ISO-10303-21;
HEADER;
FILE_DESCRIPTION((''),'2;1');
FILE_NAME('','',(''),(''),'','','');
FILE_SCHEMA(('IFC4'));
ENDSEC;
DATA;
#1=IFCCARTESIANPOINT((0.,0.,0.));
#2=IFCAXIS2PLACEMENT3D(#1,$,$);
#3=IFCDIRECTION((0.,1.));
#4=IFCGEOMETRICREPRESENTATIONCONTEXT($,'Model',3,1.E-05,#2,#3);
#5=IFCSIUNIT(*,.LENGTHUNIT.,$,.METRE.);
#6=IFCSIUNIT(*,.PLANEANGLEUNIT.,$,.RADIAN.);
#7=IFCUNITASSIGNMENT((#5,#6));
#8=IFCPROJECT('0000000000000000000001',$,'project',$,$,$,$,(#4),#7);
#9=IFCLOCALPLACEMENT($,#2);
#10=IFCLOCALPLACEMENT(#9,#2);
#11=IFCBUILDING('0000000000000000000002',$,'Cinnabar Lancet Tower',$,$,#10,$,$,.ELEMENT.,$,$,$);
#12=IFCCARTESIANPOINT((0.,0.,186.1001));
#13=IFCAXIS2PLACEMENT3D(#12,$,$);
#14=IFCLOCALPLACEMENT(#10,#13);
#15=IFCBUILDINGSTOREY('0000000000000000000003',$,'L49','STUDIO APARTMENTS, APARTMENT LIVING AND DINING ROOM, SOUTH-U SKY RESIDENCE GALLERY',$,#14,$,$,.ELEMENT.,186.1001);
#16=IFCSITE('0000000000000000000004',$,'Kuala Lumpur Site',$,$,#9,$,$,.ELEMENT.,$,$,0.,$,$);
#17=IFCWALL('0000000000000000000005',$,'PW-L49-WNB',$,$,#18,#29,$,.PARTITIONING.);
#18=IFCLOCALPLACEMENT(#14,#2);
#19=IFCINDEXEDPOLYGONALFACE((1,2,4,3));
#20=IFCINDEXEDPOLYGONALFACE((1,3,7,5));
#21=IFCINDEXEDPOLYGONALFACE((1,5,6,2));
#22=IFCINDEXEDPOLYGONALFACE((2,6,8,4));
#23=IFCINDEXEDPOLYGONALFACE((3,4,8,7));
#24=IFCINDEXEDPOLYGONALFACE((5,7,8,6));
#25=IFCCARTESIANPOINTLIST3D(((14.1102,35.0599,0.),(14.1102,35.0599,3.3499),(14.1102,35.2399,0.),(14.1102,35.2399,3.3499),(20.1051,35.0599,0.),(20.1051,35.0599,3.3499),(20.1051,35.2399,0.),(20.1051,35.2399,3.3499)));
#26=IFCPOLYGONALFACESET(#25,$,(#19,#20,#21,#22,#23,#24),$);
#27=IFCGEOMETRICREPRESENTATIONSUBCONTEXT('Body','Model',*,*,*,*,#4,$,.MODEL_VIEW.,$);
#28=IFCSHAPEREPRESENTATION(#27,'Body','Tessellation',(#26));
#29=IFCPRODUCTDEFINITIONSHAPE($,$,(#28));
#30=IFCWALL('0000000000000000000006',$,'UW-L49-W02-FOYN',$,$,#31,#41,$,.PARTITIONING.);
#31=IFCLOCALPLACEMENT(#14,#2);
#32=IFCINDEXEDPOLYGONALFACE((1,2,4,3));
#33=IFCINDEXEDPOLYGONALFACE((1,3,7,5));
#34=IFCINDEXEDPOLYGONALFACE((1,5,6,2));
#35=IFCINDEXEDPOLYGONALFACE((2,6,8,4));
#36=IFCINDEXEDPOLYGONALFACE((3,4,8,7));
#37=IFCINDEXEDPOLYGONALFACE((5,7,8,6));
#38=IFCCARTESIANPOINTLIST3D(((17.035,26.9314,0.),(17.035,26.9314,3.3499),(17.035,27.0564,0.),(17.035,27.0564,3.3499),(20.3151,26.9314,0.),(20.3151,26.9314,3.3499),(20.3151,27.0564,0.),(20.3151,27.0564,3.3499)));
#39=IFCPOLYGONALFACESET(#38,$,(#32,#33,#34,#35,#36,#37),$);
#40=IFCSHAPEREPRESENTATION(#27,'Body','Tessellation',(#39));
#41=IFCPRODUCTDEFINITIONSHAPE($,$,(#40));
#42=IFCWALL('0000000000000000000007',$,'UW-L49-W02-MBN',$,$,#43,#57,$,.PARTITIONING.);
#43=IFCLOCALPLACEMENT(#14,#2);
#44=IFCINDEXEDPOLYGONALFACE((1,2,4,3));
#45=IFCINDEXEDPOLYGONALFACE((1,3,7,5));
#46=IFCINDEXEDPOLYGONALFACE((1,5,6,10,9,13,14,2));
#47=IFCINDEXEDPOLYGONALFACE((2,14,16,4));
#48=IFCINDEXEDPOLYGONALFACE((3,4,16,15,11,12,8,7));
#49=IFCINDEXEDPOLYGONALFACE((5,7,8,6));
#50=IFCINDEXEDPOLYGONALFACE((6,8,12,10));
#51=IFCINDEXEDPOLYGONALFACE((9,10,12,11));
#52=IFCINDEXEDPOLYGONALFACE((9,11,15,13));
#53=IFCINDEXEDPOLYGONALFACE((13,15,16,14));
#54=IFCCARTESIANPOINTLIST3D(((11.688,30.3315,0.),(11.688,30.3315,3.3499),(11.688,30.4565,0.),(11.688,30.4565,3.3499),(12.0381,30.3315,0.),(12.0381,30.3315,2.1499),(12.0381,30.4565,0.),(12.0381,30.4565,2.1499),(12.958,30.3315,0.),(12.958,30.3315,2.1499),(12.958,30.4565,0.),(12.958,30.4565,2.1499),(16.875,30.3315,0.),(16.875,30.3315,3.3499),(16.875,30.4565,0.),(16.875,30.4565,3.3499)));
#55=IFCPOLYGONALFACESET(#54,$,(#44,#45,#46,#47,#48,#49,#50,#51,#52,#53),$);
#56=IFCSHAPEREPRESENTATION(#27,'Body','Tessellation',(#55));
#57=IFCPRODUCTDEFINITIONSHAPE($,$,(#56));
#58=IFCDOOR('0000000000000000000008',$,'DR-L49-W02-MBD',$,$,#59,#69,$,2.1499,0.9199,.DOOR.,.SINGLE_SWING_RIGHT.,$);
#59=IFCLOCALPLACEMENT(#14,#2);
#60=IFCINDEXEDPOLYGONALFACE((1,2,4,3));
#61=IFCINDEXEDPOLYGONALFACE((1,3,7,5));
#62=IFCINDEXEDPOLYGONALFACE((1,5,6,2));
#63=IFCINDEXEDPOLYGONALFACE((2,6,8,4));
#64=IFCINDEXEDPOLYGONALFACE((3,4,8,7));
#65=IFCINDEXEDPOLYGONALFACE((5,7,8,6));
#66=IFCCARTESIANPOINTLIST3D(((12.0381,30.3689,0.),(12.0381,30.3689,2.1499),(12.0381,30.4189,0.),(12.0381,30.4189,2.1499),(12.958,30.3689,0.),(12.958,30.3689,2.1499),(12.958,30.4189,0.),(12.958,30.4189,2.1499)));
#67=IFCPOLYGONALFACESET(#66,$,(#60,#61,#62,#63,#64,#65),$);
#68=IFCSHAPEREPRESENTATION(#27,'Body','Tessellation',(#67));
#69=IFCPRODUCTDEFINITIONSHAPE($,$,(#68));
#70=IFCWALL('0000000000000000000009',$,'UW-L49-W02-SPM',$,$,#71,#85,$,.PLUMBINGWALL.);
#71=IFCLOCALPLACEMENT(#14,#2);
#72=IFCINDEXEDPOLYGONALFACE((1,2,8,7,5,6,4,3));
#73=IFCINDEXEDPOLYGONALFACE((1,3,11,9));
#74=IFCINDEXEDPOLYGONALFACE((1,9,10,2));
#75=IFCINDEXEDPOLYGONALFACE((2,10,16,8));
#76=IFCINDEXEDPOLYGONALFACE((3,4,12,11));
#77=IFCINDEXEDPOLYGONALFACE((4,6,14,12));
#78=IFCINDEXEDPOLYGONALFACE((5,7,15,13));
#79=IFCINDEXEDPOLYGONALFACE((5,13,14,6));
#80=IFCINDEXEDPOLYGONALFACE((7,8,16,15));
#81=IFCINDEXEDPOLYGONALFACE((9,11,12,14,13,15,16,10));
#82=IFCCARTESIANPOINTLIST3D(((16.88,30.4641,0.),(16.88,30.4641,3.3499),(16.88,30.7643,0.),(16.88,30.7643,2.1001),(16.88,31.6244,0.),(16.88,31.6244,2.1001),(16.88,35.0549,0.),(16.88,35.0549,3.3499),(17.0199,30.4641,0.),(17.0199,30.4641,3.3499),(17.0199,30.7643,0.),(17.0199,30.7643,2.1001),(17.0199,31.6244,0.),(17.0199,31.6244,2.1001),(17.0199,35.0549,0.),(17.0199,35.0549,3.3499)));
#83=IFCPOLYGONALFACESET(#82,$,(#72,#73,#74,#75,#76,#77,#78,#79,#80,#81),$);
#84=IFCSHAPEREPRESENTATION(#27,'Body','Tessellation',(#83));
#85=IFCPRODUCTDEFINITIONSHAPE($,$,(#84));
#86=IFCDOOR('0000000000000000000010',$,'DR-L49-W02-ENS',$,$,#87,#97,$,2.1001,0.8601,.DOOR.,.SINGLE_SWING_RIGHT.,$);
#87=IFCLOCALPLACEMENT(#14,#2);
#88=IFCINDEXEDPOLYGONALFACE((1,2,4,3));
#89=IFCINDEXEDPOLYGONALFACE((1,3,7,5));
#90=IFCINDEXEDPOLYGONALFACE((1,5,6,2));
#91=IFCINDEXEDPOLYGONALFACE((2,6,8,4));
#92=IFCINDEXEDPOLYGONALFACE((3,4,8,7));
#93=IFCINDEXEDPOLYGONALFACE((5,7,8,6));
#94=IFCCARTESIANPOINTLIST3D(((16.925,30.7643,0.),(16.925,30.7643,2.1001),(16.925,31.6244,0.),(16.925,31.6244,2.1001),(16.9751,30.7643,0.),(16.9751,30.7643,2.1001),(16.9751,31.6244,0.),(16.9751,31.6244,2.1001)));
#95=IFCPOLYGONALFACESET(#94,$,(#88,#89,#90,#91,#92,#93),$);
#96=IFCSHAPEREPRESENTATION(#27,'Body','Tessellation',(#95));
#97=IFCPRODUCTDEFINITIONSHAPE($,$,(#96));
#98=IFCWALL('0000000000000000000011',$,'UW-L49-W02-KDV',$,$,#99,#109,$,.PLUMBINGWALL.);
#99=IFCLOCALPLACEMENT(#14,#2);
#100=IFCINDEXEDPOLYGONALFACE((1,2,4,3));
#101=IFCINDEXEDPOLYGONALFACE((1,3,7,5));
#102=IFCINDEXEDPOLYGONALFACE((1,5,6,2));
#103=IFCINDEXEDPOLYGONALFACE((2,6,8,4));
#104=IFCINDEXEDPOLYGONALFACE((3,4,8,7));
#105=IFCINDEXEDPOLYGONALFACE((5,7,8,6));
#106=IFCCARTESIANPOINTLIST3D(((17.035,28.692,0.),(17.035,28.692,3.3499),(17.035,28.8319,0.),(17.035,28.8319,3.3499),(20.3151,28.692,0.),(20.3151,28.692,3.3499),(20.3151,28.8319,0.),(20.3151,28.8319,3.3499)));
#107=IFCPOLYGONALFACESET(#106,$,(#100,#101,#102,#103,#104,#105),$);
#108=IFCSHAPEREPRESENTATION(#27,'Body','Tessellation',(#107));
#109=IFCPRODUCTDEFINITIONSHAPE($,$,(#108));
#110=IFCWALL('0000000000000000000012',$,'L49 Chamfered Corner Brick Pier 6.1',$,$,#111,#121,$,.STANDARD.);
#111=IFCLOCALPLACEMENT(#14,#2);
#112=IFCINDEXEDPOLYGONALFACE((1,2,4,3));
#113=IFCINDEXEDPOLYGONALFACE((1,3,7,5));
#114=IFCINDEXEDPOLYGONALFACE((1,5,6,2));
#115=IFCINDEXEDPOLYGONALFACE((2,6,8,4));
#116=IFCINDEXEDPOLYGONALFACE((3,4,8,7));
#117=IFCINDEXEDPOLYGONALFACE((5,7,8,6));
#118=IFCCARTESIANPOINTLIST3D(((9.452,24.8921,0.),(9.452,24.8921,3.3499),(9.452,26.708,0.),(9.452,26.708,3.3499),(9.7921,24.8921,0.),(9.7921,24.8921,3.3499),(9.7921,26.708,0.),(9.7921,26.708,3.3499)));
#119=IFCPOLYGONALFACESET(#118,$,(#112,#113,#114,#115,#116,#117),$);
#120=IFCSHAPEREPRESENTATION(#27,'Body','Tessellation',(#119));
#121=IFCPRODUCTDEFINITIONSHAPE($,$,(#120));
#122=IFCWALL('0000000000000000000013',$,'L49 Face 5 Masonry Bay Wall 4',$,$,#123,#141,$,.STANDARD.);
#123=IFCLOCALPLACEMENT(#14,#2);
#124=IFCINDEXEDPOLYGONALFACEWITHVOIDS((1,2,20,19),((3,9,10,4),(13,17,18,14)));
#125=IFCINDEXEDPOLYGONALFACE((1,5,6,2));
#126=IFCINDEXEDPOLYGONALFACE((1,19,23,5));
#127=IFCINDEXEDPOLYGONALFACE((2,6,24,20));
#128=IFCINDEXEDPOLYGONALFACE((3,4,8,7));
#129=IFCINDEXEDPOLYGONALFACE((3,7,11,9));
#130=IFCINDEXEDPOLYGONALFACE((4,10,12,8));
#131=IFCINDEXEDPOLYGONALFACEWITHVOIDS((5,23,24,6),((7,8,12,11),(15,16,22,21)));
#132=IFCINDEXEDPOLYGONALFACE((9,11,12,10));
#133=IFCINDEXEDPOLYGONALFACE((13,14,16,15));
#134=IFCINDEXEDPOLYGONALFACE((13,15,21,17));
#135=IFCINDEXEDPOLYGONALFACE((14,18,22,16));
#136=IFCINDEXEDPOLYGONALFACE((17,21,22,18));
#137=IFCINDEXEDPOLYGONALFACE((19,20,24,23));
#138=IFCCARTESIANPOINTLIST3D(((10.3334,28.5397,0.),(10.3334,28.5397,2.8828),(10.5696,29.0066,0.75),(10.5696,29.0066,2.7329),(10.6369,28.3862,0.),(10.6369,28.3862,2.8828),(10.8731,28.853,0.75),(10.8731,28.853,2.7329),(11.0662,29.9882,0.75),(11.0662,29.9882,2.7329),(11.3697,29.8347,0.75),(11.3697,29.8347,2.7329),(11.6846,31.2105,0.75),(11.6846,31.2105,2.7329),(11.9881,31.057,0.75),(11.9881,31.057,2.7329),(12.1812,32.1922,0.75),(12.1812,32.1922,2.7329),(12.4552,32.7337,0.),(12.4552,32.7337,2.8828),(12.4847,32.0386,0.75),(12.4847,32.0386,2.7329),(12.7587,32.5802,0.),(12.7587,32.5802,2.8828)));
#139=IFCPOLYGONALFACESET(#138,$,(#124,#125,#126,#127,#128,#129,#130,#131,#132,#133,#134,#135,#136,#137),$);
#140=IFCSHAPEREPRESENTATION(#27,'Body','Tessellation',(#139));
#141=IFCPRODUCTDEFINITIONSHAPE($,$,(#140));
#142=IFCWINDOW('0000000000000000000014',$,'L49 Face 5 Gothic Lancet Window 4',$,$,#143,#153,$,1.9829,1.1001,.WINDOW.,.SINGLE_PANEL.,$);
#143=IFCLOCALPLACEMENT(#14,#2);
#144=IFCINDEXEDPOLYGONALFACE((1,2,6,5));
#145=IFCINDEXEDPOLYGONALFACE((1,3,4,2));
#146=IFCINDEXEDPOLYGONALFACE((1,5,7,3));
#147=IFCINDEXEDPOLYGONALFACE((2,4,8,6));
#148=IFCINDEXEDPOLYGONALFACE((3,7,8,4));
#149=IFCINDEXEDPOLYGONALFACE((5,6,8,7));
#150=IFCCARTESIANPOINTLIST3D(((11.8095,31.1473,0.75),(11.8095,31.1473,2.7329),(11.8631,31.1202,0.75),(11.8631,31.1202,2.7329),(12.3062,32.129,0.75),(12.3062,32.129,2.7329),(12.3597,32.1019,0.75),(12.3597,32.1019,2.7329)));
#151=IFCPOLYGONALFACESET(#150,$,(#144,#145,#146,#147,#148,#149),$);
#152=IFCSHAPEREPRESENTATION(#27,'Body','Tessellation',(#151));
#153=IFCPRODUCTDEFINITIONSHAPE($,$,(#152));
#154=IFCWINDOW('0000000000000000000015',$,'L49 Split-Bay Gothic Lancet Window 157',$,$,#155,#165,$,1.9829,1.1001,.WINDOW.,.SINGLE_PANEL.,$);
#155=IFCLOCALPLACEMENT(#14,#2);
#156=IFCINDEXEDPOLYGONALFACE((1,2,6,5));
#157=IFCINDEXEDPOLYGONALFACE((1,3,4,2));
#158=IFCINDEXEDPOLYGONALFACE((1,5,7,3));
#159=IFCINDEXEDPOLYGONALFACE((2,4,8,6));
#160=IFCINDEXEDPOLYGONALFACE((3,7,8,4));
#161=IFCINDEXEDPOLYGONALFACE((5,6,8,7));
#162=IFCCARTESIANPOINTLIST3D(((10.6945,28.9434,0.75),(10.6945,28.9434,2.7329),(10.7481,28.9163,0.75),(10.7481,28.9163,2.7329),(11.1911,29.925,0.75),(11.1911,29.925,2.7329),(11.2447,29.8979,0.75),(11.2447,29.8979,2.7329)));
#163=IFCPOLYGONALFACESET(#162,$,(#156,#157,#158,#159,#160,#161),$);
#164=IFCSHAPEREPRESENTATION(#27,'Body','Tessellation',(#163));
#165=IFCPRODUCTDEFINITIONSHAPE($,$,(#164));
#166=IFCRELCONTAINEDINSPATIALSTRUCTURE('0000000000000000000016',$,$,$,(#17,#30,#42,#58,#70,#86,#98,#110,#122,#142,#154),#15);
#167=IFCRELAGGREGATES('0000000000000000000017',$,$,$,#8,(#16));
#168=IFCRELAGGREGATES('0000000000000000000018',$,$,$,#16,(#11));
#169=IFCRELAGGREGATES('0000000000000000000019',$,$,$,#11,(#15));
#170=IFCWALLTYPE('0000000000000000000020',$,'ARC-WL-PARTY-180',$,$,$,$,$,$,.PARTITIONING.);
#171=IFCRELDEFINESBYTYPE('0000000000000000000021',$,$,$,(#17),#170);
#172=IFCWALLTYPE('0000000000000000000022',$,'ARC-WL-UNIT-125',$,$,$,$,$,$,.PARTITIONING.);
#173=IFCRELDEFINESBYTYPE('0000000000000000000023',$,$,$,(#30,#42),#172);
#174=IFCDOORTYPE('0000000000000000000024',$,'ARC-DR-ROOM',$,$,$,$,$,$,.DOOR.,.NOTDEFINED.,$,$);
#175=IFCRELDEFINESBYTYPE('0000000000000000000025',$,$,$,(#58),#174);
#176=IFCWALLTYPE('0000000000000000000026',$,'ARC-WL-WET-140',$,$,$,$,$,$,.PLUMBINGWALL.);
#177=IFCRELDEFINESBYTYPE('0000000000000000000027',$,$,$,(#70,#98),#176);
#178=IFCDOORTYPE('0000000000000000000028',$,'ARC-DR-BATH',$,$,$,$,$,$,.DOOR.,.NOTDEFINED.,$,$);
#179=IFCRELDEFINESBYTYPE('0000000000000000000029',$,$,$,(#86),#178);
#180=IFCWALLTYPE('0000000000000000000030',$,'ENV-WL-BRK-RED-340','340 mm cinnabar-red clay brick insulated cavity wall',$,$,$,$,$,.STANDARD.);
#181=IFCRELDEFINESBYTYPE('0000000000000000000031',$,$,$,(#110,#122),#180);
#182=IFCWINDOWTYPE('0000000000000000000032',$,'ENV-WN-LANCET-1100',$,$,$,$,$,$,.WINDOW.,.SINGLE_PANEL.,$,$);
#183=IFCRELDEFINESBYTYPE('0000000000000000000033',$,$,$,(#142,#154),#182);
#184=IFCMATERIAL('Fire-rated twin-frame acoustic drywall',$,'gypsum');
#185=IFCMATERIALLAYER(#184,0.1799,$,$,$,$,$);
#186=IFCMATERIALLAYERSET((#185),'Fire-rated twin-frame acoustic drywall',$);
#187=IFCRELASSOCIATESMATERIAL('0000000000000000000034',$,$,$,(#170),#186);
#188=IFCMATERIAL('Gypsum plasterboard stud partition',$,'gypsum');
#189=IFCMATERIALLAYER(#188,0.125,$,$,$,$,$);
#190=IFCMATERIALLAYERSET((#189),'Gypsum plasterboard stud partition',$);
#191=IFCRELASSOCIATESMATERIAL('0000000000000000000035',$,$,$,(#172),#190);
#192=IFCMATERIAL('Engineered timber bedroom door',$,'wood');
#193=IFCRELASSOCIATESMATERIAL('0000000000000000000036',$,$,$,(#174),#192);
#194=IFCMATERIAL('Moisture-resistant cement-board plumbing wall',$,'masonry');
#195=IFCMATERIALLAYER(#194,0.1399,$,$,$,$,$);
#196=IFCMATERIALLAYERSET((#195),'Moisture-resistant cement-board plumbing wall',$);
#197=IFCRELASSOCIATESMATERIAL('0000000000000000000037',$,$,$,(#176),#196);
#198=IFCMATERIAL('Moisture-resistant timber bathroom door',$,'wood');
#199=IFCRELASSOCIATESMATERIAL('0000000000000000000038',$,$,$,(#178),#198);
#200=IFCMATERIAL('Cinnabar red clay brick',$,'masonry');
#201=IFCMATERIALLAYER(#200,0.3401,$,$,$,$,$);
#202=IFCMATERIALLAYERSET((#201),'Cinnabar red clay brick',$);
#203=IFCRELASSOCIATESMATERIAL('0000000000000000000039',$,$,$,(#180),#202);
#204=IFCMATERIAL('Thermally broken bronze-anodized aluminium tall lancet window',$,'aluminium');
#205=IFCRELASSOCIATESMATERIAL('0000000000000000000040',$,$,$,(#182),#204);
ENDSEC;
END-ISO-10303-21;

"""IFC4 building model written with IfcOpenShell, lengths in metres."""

from ifc_helpers import new_model, si_unit, direction, frame, frame_2d, origin, place, context, subcontext, project, spatial, rectangle, extrude, material, layer, layer_set, type_object, element, fill, save


model = new_model("IFC4")

# Units and contexts
model_context = context("Model", 3, precision=1e-05, world=origin(), true_north=direction((0.0, 1.0)))
body_context = subcontext(model_context, "Body", "Model", "MODEL_VIEW")
ifc_project = project(units=[si_unit("LENGTHUNIT", "METRE"), si_unit("PLANEANGLEUNIT", "RADIAN")], contexts=[model_context])

# Site, building, storey
site_placement = place(None, origin())
site = spatial("IfcSite", under=ifc_project, at=site_placement, Name="Kuala Lumpur Site", CompositionType="ELEMENT", RefElevation=0.0)
building_placement = place(site_placement, origin())
building = spatial("IfcBuilding", under=site, at=building_placement, Name="Cinnabar Lancet Tower", CompositionType="ELEMENT")
storey_placement = place(building_placement, frame((0.0, 0.0, 186.1001)))
storey = spatial("IfcBuildingStorey", under=building, at=storey_placement, Name="L49", Description="STUDIO APARTMENTS, APARTMENT LIVING AND DINING ROOM, SOUTH-U SKY RESIDENCE GALLERY", CompositionType="ELEMENT", Elevation=186.1001)

# Walls
ifc_material_1 = material(Name="Fire-rated twin-frame acoustic drywall", Category="gypsum")
ifc_layer_1 = layer(ifc_material_1, 0.1799)
ifc_layer_set_1 = layer_set([ifc_layer_1], Name="Fire-rated twin-frame acoustic drywall")
wall_type_1 = type_object("IfcWallType", Name="ARC-WL-PARTY-180", PredefinedType="PARTITIONING", material=ifc_layer_set_1)
wall_1_placement = place(storey_placement, frame((14.1101, 35.1499, 0.0), z_axis=(0.0, 0.0, 1.0), x_axis=(1.0, 0.0, 0.0)))
element("IfcWall", 1, at=wall_1_placement, inside=storey, type_object=wall_type_1, Name="PW-L49-WNB", PredefinedType="PARTITIONING", context=body_context, shape_type="SweptSolid", body=[
    extrude(rectangle(XDim=5.9949, YDim=0.1799, at=frame_2d((2.9976, 0.0))), origin(), (0.0, 0.0, 1.0), 3.3499),
])
ifc_material_2 = material(Name="Gypsum plasterboard stud partition", Category="gypsum")
ifc_layer_2 = layer(ifc_material_2, 0.125)
ifc_layer_set_2 = layer_set([ifc_layer_2], Name="Gypsum plasterboard stud partition")
wall_type_2 = type_object("IfcWallType", Name="ARC-WL-UNIT-125", PredefinedType="PARTITIONING", material=ifc_layer_set_2)
wall_2_placement = place(storey_placement, frame((17.0349, 26.9939, 0.0), z_axis=(0.0, 0.0, 1.0), x_axis=(1.0, 0.0, 0.0)))
element("IfcWall", 2, at=wall_2_placement, inside=storey, type_object=wall_type_2, Name="UW-L49-W02-FOYN", PredefinedType="PARTITIONING", context=body_context, shape_type="SweptSolid", body=[
    extrude(rectangle(XDim=3.28, YDim=0.125, at=frame_2d((1.6401, 0.0))), origin(), (0.0, 0.0, 1.0), 3.3499),
])

# Wall, opening, door
wall_3_placement = place(storey_placement, frame((11.688, 30.394, 0.0), z_axis=(0.0, 0.0, 1.0), x_axis=(1.0, 0.0, 0.0)))
wall_3 = element("IfcWall", 3, at=wall_3_placement, inside=storey, type_object=wall_type_2, Name="UW-L49-W02-MBN", PredefinedType="PARTITIONING", context=body_context, shape_type="SweptSolid", body=[
    extrude(rectangle(XDim=5.187, YDim=0.125, at=frame_2d((2.5935, 0.0))), origin(), (0.0, 0.0, 1.0), 3.3499),
])
opening_1_placement = place(wall_3_placement, frame((0.3501, 0.0, 0.0)))
opening_1 = element("IfcOpeningElement", 4, at=opening_1_placement, cuts=wall_3, PredefinedType="OPENING", context=body_context, shape_type="SweptSolid", body=[
    extrude(rectangle(XDim=0.9199, YDim=2.1499, at=frame_2d((0.46, 1.075))), frame((0.0, 0.0725, 0.0), z_axis=(0.0, -1.0, 0.0), x_axis=(1.0, 0.0, 0.0)), (0.0, 0.0, 1.0), 0.145),
])
ifc_material_3 = material(Name="Engineered timber bedroom door", Category="wood")
door_type_1 = type_object("IfcDoorType", Name="ARC-DR-ROOM", OperationType="NOTDEFINED", PredefinedType="DOOR", material=ifc_material_3)
door_1_placement = place(opening_1_placement, origin())
door_1 = element("IfcDoor", 5, at=door_1_placement, inside=storey, type_object=door_type_1, Name="DR-L49-W02-MBD", OperationType="SINGLE_SWING_RIGHT", OverallHeight=2.1499, OverallWidth=0.9199, PredefinedType="DOOR", context=body_context, shape_type="SweptSolid", body=[
    extrude(rectangle(XDim=0.9199, YDim=2.1499, at=frame_2d((0.46, 1.075))), frame((0.0, 0.0249, 0.0), z_axis=(0.0, -1.0, 0.0), x_axis=(1.0, 0.0, 0.0)), (0.0, 0.0, 1.0), 0.05),
])
fill(opening_1, door_1)

# Shared definitions
ifc_material_4 = material(Name="Moisture-resistant cement-board plumbing wall", Category="masonry")
ifc_layer_3 = layer(ifc_material_4, 0.1399)
ifc_layer_set_3 = layer_set([ifc_layer_3], Name="Moisture-resistant cement-board plumbing wall")
wall_type_3 = type_object("IfcWallType", Name="ARC-WL-WET-140", PredefinedType="PLUMBINGWALL", material=ifc_layer_set_3)
ifc_material_5 = material(Name="Moisture-resistant timber bathroom door", Category="wood")
door_type_2 = type_object("IfcDoorType", Name="ARC-DR-BATH", OperationType="NOTDEFINED", PredefinedType="DOOR", material=ifc_material_5)

# Wall, opening, door
wall_4_placement = place(storey_placement, frame((16.95, 30.4641, 0.0), z_axis=(0.0, 0.0, 1.0), x_axis=(0.0, 1.0, 0.0)))
wall_4 = element("IfcWall", 6, at=wall_4_placement, inside=storey, type_object=wall_type_3, Name="UW-L49-W02-SPM", PredefinedType="PLUMBINGWALL", context=body_context, shape_type="SweptSolid", body=[
    extrude(rectangle(XDim=4.5908, YDim=0.1399, at=frame_2d((2.2954, 0.0))), origin(), (0.0, 0.0, 1.0), 3.3499),
])
opening_2_placement = place(wall_4_placement, frame((0.3, 0.0, 0.0)))
opening_2 = element("IfcOpeningElement", 7, at=opening_2_placement, cuts=wall_4, PredefinedType="OPENING", context=body_context, shape_type="SweptSolid", body=[
    extrude(rectangle(XDim=0.8601, YDim=2.1001, at=frame_2d((0.4302, 1.05))), frame((0.0, 0.0798, 0.0), z_axis=(0.0, -1.0, 0.0), x_axis=(1.0, 0.0, 0.0)), (0.0, 0.0, 1.0), 0.1599),
])
door_2_placement = place(opening_2_placement, origin())
door_2 = element("IfcDoor", 8, at=door_2_placement, inside=storey, type_object=door_type_2, Name="DR-L49-W02-ENS", OperationType="SINGLE_SWING_RIGHT", OverallHeight=2.1001, OverallWidth=0.8601, PredefinedType="DOOR", context=body_context, shape_type="SweptSolid", body=[
    extrude(rectangle(XDim=0.8601, YDim=2.1001, at=frame_2d((0.4302, 1.05))), frame((0.0, 0.0249, 0.0), z_axis=(0.0, -1.0, 0.0), x_axis=(1.0, 0.0, 0.0)), (0.0, 0.0, 1.0), 0.05),
])
fill(opening_2, door_2)

# Walls
wall_5_placement = place(storey_placement, frame((17.0349, 28.762, 0.0), z_axis=(0.0, 0.0, 1.0), x_axis=(1.0, 0.0, 0.0)))
element("IfcWall", 9, at=wall_5_placement, inside=storey, type_object=wall_type_3, Name="UW-L49-W02-KDV", PredefinedType="PLUMBINGWALL", context=body_context, shape_type="SweptSolid", body=[
    extrude(rectangle(XDim=3.28, YDim=0.1399, at=frame_2d((1.6401, 0.0))), origin(), (0.0, 0.0, 1.0), 3.3499),
])
ifc_material_6 = material(Name="Cinnabar red clay brick", Category="masonry")
ifc_layer_4 = layer(ifc_material_6, 0.3401)
ifc_layer_set_4 = layer_set([ifc_layer_4], Name="Cinnabar red clay brick")
wall_type_4 = type_object("IfcWallType", Name="ENV-WL-BRK-RED-340", Description="340 mm cinnabar-red clay brick insulated cavity wall", PredefinedType="STANDARD", material=ifc_layer_set_4)
wall_6_placement = place(storey_placement, frame((9.6221, 26.708, 0.0), z_axis=(0.0, 0.0, 1.0), x_axis=(0.0, -1.0, 0.0)))
element("IfcWall", 10, at=wall_6_placement, inside=storey, type_object=wall_type_4, Name="L49 Chamfered Corner Brick Pier 6.1", PredefinedType="STANDARD", context=body_context, shape_type="SweptSolid", body=[
    extrude(rectangle(XDim=1.8159, YDim=0.3401, at=frame_2d((0.908, 0.0))), origin(), (0.0, 0.0, 1.0), 3.3499),
])

# Wall, openings, windows
wall_7_placement = place(storey_placement, frame((12.6069, 32.657, 0.0), z_axis=(0.0, 0.0, 1.0), x_axis=(-0.451426, -0.892308, 0.0)))
wall_7 = element("IfcWall", 11, at=wall_7_placement, inside=storey, type_object=wall_type_4, Name="L49 Face 5 Masonry Bay Wall 4", PredefinedType="STANDARD", context=body_context, shape_type="SweptSolid", body=[
    extrude(rectangle(XDim=4.7002, YDim=0.3401, at=frame_2d((2.3501, 0.0))), origin(), (0.0, 0.0, 1.0), 2.8828),
])
opening_3_placement = place(wall_7_placement, frame((0.6069, 0.0, 0.75)))
opening_3 = element("IfcOpeningElement", 12, at=opening_3_placement, cuts=wall_7, PredefinedType="OPENING", context=body_context, shape_type="SweptSolid", body=[
    extrude(rectangle(XDim=1.1001, YDim=1.9829, at=frame_2d((0.55, 0.9915))), frame((0.0, 0.1799, 0.0), z_axis=(0.0, -1.0, 0.0), x_axis=(1.0, 0.0, 0.0)), (0.0, 0.0, 1.0), 0.3601),
])
opening_4_placement = place(wall_7_placement, frame((3.0769, 0.0, 0.75)))
opening_4 = element("IfcOpeningElement", 13, at=opening_4_placement, cuts=wall_7, PredefinedType="OPENING", context=body_context, shape_type="SweptSolid", body=[
    extrude(rectangle(XDim=1.1001, YDim=1.9829, at=frame_2d((0.55, 0.9915))), frame((0.0, 0.1799, 0.0), z_axis=(0.0, -1.0, 0.0), x_axis=(1.0, 0.0, 0.0)), (0.0, 0.0, 1.0), 0.3601),
])
ifc_material_7 = material(Name="Thermally broken bronze-anodized aluminium tall lancet window", Category="aluminium")
window_type = type_object("IfcWindowType", Name="ENV-WN-LANCET-1100", PartitioningType="SINGLE_PANEL", PredefinedType="WINDOW", material=ifc_material_7)
window_1_placement = place(opening_3_placement, origin())
window_1 = element("IfcWindow", 14, at=window_1_placement, inside=storey, type_object=window_type, Name="L49 Face 5 Gothic Lancet Window 4", OverallHeight=1.9829, OverallWidth=1.1001, PartitioningType="SINGLE_PANEL", PredefinedType="WINDOW", context=body_context, shape_type="SweptSolid", body=[
    extrude(rectangle(XDim=1.1001, YDim=1.9829, at=frame_2d((0.55, 0.9915))), frame((0.0, 0.03, 0.0), z_axis=(0.0, -1.0, 0.0), x_axis=(1.0, 0.0, 0.0)), (0.0, 0.0, 1.0), 0.0601),
])
fill(opening_3, window_1)
window_2_placement = place(opening_4_placement, origin())
window_2 = element("IfcWindow", 15, at=window_2_placement, inside=storey, type_object=window_type, Name="L49 Split-Bay Gothic Lancet Window 157", OverallHeight=1.9829, OverallWidth=1.1001, PartitioningType="SINGLE_PANEL", PredefinedType="WINDOW", context=body_context, shape_type="SweptSolid", body=[
    extrude(rectangle(XDim=1.1001, YDim=1.9829, at=frame_2d((0.55, 0.9915))), frame((0.0, 0.03, 0.0), z_axis=(0.0, -1.0, 0.0), x_axis=(1.0, 0.0, 0.0)), (0.0, 0.0, 1.0), 0.0601),
])
fill(opening_4, window_2)

save(model, "model.ifc")
